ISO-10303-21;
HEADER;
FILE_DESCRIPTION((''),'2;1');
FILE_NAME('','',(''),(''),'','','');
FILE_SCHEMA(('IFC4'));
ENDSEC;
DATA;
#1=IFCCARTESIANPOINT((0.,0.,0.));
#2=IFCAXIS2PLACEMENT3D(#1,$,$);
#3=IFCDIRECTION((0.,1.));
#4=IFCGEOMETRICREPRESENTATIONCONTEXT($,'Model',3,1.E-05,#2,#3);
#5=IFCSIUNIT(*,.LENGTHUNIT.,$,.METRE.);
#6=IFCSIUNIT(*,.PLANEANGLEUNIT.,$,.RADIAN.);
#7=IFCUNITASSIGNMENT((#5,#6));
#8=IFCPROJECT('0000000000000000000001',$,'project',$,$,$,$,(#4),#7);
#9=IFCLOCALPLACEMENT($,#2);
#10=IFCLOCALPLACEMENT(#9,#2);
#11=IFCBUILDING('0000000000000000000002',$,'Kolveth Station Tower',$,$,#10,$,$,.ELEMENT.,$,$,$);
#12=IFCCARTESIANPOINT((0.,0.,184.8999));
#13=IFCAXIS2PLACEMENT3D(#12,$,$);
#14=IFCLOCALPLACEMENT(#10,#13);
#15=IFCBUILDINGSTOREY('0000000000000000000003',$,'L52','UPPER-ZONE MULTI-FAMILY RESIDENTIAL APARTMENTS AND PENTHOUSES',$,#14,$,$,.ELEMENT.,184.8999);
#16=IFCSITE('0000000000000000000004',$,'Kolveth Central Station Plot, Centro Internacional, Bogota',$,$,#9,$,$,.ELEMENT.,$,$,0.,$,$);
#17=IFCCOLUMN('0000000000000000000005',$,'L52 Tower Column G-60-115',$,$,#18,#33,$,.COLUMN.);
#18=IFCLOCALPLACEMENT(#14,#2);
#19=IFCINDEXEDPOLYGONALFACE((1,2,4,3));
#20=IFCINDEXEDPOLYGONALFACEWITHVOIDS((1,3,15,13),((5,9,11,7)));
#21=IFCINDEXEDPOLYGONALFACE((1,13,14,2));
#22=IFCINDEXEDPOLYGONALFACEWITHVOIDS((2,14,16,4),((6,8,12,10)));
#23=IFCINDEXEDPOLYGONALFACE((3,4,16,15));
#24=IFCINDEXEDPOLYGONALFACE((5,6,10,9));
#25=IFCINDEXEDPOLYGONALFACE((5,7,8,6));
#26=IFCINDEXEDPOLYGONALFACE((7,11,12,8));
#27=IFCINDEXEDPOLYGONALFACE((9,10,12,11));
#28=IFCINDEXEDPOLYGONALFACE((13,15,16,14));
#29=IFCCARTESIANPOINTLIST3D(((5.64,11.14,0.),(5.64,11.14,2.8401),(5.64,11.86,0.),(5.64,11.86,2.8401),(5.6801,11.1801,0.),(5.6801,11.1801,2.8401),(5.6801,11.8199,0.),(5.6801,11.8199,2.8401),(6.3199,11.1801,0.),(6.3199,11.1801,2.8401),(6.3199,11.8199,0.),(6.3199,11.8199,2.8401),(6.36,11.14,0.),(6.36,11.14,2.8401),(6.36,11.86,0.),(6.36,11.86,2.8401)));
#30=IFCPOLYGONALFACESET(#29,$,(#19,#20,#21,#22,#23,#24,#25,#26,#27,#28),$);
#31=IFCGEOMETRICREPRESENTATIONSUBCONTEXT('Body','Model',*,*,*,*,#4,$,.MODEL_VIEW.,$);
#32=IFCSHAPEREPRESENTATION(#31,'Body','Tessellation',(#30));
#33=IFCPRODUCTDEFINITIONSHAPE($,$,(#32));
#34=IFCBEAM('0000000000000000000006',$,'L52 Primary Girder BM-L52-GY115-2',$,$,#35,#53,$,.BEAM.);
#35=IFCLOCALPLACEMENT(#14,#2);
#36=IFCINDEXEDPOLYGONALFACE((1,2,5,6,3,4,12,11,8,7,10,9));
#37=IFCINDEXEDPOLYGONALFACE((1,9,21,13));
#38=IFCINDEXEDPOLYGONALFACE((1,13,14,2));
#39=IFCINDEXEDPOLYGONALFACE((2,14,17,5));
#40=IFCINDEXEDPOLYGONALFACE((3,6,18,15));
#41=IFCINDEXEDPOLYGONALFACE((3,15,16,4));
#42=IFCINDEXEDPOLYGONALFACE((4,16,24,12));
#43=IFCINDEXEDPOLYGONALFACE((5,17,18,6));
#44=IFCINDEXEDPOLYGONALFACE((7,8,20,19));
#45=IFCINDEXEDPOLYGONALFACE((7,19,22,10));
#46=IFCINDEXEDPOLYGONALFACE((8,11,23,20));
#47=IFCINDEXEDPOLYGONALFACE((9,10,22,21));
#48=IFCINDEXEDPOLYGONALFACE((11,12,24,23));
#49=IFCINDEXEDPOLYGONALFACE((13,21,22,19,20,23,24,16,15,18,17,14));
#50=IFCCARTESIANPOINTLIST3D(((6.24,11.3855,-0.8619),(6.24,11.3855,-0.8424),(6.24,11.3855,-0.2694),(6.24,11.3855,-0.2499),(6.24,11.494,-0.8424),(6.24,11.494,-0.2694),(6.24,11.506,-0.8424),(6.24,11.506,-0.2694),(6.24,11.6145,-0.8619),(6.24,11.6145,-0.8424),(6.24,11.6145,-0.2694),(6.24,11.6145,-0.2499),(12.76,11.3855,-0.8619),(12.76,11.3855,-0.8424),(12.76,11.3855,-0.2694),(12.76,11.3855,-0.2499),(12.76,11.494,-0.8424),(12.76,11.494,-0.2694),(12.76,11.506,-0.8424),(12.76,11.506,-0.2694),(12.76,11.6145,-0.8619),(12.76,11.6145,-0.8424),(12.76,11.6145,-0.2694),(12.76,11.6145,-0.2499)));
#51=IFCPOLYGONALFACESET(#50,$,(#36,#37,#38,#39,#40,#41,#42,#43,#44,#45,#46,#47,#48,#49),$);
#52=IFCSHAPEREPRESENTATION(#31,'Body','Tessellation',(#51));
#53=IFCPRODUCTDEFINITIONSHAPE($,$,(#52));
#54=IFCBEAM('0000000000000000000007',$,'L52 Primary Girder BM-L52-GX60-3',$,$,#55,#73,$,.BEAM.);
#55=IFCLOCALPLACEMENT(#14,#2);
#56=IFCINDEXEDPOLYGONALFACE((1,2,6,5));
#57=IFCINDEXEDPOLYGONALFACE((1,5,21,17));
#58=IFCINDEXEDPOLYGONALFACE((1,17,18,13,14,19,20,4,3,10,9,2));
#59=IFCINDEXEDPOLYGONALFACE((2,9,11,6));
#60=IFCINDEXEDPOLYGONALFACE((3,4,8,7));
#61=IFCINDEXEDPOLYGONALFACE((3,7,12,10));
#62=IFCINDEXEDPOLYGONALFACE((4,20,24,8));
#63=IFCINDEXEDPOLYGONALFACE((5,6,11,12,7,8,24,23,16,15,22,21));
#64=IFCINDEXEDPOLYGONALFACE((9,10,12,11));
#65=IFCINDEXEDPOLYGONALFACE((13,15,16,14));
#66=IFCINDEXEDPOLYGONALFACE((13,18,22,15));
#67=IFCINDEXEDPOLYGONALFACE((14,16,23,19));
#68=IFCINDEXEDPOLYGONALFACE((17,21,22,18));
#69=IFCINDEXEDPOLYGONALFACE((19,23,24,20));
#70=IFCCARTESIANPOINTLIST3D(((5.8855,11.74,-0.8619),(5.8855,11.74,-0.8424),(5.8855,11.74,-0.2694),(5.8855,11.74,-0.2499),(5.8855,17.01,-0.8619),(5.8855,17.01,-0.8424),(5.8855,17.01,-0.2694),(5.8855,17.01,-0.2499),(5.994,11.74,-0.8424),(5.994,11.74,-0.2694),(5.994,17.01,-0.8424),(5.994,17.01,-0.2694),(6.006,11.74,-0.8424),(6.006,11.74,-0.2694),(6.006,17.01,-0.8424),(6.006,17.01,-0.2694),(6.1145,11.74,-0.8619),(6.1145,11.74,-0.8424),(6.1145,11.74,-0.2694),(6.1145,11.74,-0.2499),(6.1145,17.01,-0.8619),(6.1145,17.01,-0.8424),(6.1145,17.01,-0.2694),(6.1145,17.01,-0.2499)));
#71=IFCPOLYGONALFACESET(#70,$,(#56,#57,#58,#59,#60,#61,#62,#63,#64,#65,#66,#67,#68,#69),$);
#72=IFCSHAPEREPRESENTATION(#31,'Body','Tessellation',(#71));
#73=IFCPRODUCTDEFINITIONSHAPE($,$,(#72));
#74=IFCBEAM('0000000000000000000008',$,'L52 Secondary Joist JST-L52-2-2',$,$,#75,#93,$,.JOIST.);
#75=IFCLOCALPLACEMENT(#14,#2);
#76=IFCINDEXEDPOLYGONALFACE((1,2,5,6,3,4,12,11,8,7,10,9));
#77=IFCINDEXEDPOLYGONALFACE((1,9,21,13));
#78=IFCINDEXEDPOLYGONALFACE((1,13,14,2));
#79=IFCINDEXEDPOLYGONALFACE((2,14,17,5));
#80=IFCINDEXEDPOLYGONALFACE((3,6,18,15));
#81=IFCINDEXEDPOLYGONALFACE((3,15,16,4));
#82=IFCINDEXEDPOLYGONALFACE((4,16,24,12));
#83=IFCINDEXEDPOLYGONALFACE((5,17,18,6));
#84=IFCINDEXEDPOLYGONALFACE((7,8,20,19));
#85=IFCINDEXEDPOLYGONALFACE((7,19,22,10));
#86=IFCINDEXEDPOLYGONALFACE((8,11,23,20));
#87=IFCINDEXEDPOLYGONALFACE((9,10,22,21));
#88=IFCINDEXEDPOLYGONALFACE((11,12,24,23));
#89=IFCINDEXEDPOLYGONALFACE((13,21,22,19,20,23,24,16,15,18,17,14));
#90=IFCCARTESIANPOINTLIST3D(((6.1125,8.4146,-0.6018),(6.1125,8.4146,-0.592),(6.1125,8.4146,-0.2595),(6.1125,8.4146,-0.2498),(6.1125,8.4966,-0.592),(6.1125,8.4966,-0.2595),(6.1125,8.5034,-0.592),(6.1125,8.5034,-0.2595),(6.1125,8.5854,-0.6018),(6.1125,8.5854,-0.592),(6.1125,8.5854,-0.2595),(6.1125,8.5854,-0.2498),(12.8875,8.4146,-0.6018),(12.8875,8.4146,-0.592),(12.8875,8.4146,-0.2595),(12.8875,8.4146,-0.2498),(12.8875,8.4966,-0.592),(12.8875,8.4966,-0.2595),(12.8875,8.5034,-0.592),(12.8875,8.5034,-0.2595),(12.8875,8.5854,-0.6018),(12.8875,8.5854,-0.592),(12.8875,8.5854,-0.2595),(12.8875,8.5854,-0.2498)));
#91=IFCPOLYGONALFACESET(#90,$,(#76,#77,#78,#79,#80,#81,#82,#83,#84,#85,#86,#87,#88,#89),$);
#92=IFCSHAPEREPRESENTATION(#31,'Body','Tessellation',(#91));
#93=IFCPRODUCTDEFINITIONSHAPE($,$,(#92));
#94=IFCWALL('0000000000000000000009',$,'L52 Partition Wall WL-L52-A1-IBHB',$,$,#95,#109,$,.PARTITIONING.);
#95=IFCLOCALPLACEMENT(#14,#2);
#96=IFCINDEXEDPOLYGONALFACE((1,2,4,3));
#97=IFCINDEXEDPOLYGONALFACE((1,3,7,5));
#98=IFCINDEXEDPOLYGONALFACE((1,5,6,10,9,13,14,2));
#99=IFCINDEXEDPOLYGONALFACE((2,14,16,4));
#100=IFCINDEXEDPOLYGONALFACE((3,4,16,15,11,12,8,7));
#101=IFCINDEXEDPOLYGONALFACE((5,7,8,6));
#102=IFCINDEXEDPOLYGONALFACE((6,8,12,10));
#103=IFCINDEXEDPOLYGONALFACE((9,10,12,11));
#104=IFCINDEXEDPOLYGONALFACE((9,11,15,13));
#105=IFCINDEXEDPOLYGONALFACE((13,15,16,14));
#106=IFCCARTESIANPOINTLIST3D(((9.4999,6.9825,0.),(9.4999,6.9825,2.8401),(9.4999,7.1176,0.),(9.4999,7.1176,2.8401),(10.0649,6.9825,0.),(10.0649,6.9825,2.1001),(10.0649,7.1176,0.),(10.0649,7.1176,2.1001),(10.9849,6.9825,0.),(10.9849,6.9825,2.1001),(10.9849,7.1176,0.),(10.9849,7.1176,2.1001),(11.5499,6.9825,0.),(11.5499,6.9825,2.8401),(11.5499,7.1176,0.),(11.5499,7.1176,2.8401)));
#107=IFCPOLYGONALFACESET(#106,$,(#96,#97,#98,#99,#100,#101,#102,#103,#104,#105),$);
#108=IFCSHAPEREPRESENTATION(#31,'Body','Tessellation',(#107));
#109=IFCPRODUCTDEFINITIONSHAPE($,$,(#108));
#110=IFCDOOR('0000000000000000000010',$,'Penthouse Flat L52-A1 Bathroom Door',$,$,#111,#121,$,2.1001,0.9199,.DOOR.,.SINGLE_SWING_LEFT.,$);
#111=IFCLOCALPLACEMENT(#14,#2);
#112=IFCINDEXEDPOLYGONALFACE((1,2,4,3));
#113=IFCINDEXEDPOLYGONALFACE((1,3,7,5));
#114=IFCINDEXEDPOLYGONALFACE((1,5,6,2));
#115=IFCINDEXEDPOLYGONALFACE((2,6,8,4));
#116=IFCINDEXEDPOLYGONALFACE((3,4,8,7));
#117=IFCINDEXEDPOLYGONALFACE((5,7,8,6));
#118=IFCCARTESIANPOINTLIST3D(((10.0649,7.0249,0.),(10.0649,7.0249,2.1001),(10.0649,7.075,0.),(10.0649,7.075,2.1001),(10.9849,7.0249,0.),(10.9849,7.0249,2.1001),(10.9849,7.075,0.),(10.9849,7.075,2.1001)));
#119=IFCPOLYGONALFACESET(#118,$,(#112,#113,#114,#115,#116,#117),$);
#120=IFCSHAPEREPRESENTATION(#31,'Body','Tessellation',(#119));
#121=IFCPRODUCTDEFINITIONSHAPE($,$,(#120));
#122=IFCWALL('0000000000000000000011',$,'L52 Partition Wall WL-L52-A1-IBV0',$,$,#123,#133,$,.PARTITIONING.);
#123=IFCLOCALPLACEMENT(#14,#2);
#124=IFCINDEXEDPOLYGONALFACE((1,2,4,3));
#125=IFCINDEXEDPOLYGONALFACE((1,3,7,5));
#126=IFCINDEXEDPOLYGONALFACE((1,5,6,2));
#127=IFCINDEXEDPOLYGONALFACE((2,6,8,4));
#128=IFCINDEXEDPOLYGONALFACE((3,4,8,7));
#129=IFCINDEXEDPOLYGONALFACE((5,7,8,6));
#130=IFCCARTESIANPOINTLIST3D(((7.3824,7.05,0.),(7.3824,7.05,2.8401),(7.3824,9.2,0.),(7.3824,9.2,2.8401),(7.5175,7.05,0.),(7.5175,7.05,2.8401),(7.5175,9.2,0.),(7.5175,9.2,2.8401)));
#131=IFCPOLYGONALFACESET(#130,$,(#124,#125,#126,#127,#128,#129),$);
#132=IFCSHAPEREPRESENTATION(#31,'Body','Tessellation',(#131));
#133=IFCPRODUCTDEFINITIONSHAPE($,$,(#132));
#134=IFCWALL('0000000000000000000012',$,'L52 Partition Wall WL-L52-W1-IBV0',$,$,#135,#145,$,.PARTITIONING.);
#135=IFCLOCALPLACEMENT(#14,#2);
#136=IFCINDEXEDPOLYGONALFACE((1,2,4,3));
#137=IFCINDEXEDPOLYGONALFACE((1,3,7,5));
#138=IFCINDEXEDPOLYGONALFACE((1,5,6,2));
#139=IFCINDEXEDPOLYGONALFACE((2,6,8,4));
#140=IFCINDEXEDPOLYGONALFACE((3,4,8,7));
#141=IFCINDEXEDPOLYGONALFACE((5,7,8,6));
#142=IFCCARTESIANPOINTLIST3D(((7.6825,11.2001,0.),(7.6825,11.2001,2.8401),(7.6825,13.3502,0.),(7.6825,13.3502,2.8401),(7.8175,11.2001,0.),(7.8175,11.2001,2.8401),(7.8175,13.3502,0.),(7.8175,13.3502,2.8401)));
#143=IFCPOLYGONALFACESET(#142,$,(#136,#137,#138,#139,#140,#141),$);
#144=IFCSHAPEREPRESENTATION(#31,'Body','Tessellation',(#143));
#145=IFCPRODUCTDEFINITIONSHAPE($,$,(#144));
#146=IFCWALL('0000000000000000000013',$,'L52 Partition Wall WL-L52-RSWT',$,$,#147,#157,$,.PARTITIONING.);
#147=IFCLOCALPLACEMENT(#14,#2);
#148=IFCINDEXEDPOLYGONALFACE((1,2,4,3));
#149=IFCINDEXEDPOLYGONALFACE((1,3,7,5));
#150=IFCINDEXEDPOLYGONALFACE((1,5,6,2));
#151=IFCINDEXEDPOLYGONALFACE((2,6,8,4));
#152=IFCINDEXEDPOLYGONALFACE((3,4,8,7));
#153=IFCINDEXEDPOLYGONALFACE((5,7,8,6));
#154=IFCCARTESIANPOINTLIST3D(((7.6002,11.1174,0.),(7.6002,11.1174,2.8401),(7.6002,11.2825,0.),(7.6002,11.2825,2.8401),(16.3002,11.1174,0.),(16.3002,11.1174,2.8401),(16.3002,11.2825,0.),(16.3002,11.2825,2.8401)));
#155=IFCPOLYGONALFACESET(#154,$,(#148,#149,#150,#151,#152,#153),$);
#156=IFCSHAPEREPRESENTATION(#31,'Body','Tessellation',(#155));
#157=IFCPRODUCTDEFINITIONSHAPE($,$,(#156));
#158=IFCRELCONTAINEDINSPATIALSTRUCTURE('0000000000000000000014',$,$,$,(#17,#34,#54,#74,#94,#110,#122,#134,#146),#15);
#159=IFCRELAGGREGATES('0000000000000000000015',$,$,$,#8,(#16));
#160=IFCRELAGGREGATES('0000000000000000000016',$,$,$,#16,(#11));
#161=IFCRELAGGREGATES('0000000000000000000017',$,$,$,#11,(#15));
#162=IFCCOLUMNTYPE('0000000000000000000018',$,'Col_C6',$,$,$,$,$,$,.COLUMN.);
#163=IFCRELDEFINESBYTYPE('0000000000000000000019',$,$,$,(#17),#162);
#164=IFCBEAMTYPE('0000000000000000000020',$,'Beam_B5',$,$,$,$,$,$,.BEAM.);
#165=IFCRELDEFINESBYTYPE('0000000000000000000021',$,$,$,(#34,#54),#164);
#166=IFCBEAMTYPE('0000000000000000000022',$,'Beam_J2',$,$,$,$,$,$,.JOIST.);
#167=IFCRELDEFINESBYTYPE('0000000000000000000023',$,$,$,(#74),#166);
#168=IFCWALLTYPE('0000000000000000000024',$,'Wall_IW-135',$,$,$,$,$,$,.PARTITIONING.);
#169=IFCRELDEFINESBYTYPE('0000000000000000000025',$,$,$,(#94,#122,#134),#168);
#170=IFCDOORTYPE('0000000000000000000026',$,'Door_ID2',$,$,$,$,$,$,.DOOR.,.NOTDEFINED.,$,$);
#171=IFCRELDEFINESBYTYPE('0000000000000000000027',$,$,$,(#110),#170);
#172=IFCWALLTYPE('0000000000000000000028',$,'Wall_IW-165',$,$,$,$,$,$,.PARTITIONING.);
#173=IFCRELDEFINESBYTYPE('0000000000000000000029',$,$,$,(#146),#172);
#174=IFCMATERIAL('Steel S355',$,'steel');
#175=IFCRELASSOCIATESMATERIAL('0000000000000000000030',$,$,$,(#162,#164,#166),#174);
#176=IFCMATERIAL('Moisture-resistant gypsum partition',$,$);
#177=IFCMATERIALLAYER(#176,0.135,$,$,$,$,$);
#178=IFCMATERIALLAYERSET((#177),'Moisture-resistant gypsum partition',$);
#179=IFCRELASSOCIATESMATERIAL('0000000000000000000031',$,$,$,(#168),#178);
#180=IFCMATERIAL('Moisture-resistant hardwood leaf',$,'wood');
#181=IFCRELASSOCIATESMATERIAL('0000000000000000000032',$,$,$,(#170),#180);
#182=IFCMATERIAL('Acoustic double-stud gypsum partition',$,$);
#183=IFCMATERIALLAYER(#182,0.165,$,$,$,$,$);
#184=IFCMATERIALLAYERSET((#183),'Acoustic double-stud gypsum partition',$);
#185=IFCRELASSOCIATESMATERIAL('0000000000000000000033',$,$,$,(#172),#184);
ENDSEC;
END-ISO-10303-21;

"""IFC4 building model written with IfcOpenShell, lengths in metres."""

from ifc_helpers import new_model, si_unit, direction, frame, frame_2d, origin, origin_2d, place, context, subcontext, project, spatial, rectangle, hollow_rectangle, i_section, extrude, source, transform, mapped, material, layer, layer_set, material_profile, profile_set, type_object, element, fill, save


model = new_model("IFC4")

# Units and contexts
model_context = context("Model", 3, precision=1e-05, world=origin(), true_north=direction((0.0, 1.0)))
body_context = subcontext(model_context, "Body", "Model", "MODEL_VIEW")
ifc_project = project(units=[si_unit("LENGTHUNIT", "METRE"), si_unit("PLANEANGLEUNIT", "RADIAN")], contexts=[model_context])

# Site, building, storey
site_placement = place(None, origin())
site = spatial("IfcSite", under=ifc_project, at=site_placement, Name="Kolveth Central Station Plot, Centro Internacional, Bogota", CompositionType="ELEMENT", RefElevation=0.0)
building_placement = place(site_placement, origin())
building = spatial("IfcBuilding", under=site, at=building_placement, Name="Kolveth Station Tower", CompositionType="ELEMENT")
storey_placement = place(building_placement, frame((0.0, 0.0, 184.8999)))
storey = spatial("IfcBuildingStorey", under=building, at=storey_placement, Name="L52", Description="UPPER-ZONE MULTI-FAMILY RESIDENTIAL APARTMENTS AND PENTHOUSES", CompositionType="ELEMENT", Elevation=184.8999)

# Column
ifc_material_1 = material(Name="Steel S355", Category="steel")
ifc_material_profile_1 = material_profile(ifc_material_1, hollow_rectangle(XDim=0.72, YDim=0.72, WallThickness=0.04, at=origin_2d()), Name="BOX720x720x40")
ifc_profile_set_1 = profile_set([ifc_material_profile_1], Name="Steel S355")
column_type = type_object("IfcColumnType", Name="Col_C6", PredefinedType="COLUMN", material=ifc_profile_set_1)
shared_shape_1 = source(origin(), body_context, "Body", "SweptSolid", [
    extrude(hollow_rectangle(XDim=0.72, YDim=0.72, WallThickness=0.04, at=origin_2d()), origin(), (0.0, 0.0, 1.0), 2.8401),
])
column_placement = place(storey_placement, frame((6.0, 11.5, 0.0), z_axis=(0.0, 0.0, 1.0), x_axis=(1.0, 0.0, 0.0)))
element("IfcColumn", 1, at=column_placement, inside=storey, type_object=column_type, Name="L52 Tower Column G-60-115", PredefinedType="COLUMN", context=body_context, shape_type="MappedRepresentation", body=[
    mapped(shared_shape_1, transform((0.0, 0.0, 0.0), x_axis=(1.0, 0.0, 0.0), y_axis=(0.0, 1.0, 0.0), z_axis=(0.0, 0.0, 1.0), scale=1.0)),
])

# Beams
ifc_material_profile_2 = material_profile(ifc_material_1, i_section(OverallWidth=0.229, OverallDepth=0.6121, WebThickness=0.012, FlangeThickness=0.0195, at=origin_2d()), Name="W610x125")
ifc_profile_set_2 = profile_set([ifc_material_profile_2], Name="Steel S355")
beam_type_1 = type_object("IfcBeamType", Name="Beam_B5", PredefinedType="BEAM", material=ifc_profile_set_2)
shared_shape_2 = source(origin(), body_context, "Body", "SweptSolid", [
    extrude(i_section(OverallWidth=0.229, OverallDepth=0.6121, WebThickness=0.012, FlangeThickness=0.0195, at=origin_2d()), origin(), (0.0, 0.0, 1.0), 6.52),
])
beam_1_placement = place(storey_placement, frame((6.24, 11.5, -0.5559), z_axis=(1.0, 0.0, 0.0), x_axis=(0.0, 1.0, 0.0)))
element("IfcBeam", 2, at=beam_1_placement, inside=storey, type_object=beam_type_1, Name="L52 Primary Girder BM-L52-GY115-2", PredefinedType="BEAM", context=body_context, shape_type="MappedRepresentation", body=[
    mapped(shared_shape_2, transform((0.0, 0.0, 0.0), x_axis=(1.0, 0.0, 0.0), y_axis=(0.0, 1.0, 0.0), z_axis=(0.0, 0.0, 1.0), scale=1.0)),
])
shared_shape_3 = source(origin(), body_context, "Body", "SweptSolid", [
    extrude(i_section(OverallWidth=0.229, OverallDepth=0.6121, WebThickness=0.012, FlangeThickness=0.0195, at=origin_2d()), origin(), (0.0, 0.0, 1.0), 5.27),
])
beam_2_placement = place(storey_placement, frame((6.0, 11.74, -0.5559), z_axis=(0.0, 1.0, 0.0), x_axis=(-1.0, 0.0, 0.0)))
element("IfcBeam", 3, at=beam_2_placement, inside=storey, type_object=beam_type_1, Name="L52 Primary Girder BM-L52-GX60-3", PredefinedType="BEAM", context=body_context, shape_type="MappedRepresentation", body=[
    mapped(shared_shape_3, transform((0.0, 0.0, 0.0), x_axis=(1.0, 0.0, 0.0), y_axis=(0.0, 1.0, 0.0), z_axis=(0.0, 0.0, 1.0), scale=1.0)),
])
ifc_material_profile_3 = material_profile(ifc_material_1, i_section(OverallWidth=0.1709, OverallDepth=0.3521, WebThickness=0.0068, FlangeThickness=0.0098, at=origin_2d()), Name="W360x44")
ifc_profile_set_3 = profile_set([ifc_material_profile_3], Name="Steel S355")
beam_type_2 = type_object("IfcBeamType", Name="Beam_J2", PredefinedType="JOIST", material=ifc_profile_set_3)
shared_shape_4 = source(origin(), body_context, "Body", "SweptSolid", [
    extrude(i_section(OverallWidth=0.1709, OverallDepth=0.3521, WebThickness=0.0068, FlangeThickness=0.0098, at=origin_2d()), origin(), (0.0, 0.0, 1.0), 6.7749),
])
beam_3_placement = place(storey_placement, frame((6.1125, 8.5, -0.4258), z_axis=(1.0, 0.0, 0.0), x_axis=(0.0, 1.0, 0.0)))
element("IfcBeam", 4, at=beam_3_placement, inside=storey, type_object=beam_type_2, Name="L52 Secondary Joist JST-L52-2-2", PredefinedType="JOIST", context=body_context, shape_type="MappedRepresentation", body=[
    mapped(shared_shape_4, transform((0.0, 0.0, 0.0), x_axis=(1.0, 0.0, 0.0), y_axis=(0.0, 1.0, 0.0), z_axis=(0.0, 0.0, 1.0), scale=1.0)),
])

# Wall, opening, door
ifc_material_2 = material(Name="Moisture-resistant gypsum partition")
ifc_layer_1 = layer(ifc_material_2, 0.135)
ifc_layer_set_1 = layer_set([ifc_layer_1], Name="Moisture-resistant gypsum partition")
wall_type_1 = type_object("IfcWallType", Name="Wall_IW-135", PredefinedType="PARTITIONING", material=ifc_layer_set_1)
wall_1_placement = place(storey_placement, frame((9.5, 7.05, 0.0), z_axis=(0.0, 0.0, 1.0), x_axis=(1.0, 0.0, 0.0)))
wall_1 = element("IfcWall", 5, at=wall_1_placement, inside=storey, type_object=wall_type_1, Name="L52 Partition Wall WL-L52-A1-IBHB", PredefinedType="PARTITIONING", context=body_context, shape_type="SweptSolid", body=[
    extrude(rectangle(XDim=2.05, YDim=0.135, at=frame_2d((1.0249, 0.0))), origin(), (0.0, 0.0, 1.0), 2.8401),
])
opening_1_placement = place(wall_1_placement, frame((0.5649, 0.0, 0.0)))
opening_1 = element("IfcOpeningElement", 6, at=opening_1_placement, cuts=wall_1, PredefinedType="OPENING", context=body_context, shape_type="SweptSolid", body=[
    extrude(rectangle(XDim=0.9199, YDim=2.1001, at=frame_2d((0.46, 1.05))), frame((0.0, 0.0774, 0.0), z_axis=(0.0, -1.0, 0.0), x_axis=(1.0, 0.0, 0.0)), (0.0, 0.0, 1.0), 0.155),
])
ifc_material_3 = material(Name="Moisture-resistant hardwood leaf", Category="wood")
door_type_1 = type_object("IfcDoorType", Name="Door_ID2", OperationType="NOTDEFINED", PredefinedType="DOOR", material=ifc_material_3)
door_1_placement = place(opening_1_placement, origin())
door_1 = element("IfcDoor", 7, at=door_1_placement, inside=storey, type_object=door_type_1, Name="Penthouse Flat L52-A1 Bathroom Door", OperationType="SINGLE_SWING_LEFT", OverallHeight=2.1001, OverallWidth=0.9199, PredefinedType="DOOR", context=body_context, shape_type="SweptSolid", body=[
    extrude(rectangle(XDim=0.9199, YDim=2.1001, at=frame_2d((0.46, 1.05))), frame((0.0, 0.0249, 0.0), z_axis=(0.0, -1.0, 0.0), x_axis=(1.0, 0.0, 0.0)), (0.0, 0.0, 1.0), 0.05),
])
fill(opening_1, door_1)

# Wall
wall_2_placement = place(storey_placement, frame((7.45, 7.05, 0.0), z_axis=(0.0, 0.0, 1.0), x_axis=(0.0, 1.0, 0.0)))
element("IfcWall", 8, at=wall_2_placement, inside=storey, type_object=wall_type_1, Name="L52 Partition Wall WL-L52-A1-IBV0", PredefinedType="PARTITIONING", context=body_context, shape_type="SweptSolid", body=[
    extrude(rectangle(XDim=2.1499, YDim=0.135, at=frame_2d((1.075, 0.0))), origin(), (0.0, 0.0, 1.0), 2.8401),
])

# Walls
wall_3_placement = place(storey_placement, frame((7.75, 11.2, 0.0), z_axis=(0.0, 0.0, 1.0), x_axis=(0.0, 1.0, 0.0)))
element("IfcWall", 9, at=wall_3_placement, inside=storey, type_object=wall_type_1, Name="L52 Partition Wall WL-L52-W1-IBV0", PredefinedType="PARTITIONING", context=body_context, shape_type="SweptSolid", body=[
    extrude(rectangle(XDim=2.1501, YDim=0.135, at=frame_2d((1.0752, 0.0))), origin(), (0.0, 0.0, 1.0), 2.8401),
])
ifc_material_4 = material(Name="Acoustic double-stud gypsum partition")
ifc_layer_2 = layer(ifc_material_4, 0.165)
ifc_layer_set_2 = layer_set([ifc_layer_2], Name="Acoustic double-stud gypsum partition")
wall_type_2 = type_object("IfcWallType", Name="Wall_IW-165", PredefinedType="PARTITIONING", material=ifc_layer_set_2)
wall_4_placement = place(storey_placement, frame((7.6001, 11.2, 0.0), z_axis=(0.0, 0.0, 1.0), x_axis=(1.0, 0.0, 0.0)))
element("IfcWall", 10, at=wall_4_placement, inside=storey, type_object=wall_type_2, Name="L52 Partition Wall WL-L52-RSWT", PredefinedType="PARTITIONING", context=body_context, shape_type="SweptSolid", body=[
    extrude(rectangle(XDim=8.7, YDim=0.165, at=frame_2d((4.3501, 0.0))), origin(), (0.0, 0.0, 1.0), 2.8401),
])

save(model, "model.ifc")
